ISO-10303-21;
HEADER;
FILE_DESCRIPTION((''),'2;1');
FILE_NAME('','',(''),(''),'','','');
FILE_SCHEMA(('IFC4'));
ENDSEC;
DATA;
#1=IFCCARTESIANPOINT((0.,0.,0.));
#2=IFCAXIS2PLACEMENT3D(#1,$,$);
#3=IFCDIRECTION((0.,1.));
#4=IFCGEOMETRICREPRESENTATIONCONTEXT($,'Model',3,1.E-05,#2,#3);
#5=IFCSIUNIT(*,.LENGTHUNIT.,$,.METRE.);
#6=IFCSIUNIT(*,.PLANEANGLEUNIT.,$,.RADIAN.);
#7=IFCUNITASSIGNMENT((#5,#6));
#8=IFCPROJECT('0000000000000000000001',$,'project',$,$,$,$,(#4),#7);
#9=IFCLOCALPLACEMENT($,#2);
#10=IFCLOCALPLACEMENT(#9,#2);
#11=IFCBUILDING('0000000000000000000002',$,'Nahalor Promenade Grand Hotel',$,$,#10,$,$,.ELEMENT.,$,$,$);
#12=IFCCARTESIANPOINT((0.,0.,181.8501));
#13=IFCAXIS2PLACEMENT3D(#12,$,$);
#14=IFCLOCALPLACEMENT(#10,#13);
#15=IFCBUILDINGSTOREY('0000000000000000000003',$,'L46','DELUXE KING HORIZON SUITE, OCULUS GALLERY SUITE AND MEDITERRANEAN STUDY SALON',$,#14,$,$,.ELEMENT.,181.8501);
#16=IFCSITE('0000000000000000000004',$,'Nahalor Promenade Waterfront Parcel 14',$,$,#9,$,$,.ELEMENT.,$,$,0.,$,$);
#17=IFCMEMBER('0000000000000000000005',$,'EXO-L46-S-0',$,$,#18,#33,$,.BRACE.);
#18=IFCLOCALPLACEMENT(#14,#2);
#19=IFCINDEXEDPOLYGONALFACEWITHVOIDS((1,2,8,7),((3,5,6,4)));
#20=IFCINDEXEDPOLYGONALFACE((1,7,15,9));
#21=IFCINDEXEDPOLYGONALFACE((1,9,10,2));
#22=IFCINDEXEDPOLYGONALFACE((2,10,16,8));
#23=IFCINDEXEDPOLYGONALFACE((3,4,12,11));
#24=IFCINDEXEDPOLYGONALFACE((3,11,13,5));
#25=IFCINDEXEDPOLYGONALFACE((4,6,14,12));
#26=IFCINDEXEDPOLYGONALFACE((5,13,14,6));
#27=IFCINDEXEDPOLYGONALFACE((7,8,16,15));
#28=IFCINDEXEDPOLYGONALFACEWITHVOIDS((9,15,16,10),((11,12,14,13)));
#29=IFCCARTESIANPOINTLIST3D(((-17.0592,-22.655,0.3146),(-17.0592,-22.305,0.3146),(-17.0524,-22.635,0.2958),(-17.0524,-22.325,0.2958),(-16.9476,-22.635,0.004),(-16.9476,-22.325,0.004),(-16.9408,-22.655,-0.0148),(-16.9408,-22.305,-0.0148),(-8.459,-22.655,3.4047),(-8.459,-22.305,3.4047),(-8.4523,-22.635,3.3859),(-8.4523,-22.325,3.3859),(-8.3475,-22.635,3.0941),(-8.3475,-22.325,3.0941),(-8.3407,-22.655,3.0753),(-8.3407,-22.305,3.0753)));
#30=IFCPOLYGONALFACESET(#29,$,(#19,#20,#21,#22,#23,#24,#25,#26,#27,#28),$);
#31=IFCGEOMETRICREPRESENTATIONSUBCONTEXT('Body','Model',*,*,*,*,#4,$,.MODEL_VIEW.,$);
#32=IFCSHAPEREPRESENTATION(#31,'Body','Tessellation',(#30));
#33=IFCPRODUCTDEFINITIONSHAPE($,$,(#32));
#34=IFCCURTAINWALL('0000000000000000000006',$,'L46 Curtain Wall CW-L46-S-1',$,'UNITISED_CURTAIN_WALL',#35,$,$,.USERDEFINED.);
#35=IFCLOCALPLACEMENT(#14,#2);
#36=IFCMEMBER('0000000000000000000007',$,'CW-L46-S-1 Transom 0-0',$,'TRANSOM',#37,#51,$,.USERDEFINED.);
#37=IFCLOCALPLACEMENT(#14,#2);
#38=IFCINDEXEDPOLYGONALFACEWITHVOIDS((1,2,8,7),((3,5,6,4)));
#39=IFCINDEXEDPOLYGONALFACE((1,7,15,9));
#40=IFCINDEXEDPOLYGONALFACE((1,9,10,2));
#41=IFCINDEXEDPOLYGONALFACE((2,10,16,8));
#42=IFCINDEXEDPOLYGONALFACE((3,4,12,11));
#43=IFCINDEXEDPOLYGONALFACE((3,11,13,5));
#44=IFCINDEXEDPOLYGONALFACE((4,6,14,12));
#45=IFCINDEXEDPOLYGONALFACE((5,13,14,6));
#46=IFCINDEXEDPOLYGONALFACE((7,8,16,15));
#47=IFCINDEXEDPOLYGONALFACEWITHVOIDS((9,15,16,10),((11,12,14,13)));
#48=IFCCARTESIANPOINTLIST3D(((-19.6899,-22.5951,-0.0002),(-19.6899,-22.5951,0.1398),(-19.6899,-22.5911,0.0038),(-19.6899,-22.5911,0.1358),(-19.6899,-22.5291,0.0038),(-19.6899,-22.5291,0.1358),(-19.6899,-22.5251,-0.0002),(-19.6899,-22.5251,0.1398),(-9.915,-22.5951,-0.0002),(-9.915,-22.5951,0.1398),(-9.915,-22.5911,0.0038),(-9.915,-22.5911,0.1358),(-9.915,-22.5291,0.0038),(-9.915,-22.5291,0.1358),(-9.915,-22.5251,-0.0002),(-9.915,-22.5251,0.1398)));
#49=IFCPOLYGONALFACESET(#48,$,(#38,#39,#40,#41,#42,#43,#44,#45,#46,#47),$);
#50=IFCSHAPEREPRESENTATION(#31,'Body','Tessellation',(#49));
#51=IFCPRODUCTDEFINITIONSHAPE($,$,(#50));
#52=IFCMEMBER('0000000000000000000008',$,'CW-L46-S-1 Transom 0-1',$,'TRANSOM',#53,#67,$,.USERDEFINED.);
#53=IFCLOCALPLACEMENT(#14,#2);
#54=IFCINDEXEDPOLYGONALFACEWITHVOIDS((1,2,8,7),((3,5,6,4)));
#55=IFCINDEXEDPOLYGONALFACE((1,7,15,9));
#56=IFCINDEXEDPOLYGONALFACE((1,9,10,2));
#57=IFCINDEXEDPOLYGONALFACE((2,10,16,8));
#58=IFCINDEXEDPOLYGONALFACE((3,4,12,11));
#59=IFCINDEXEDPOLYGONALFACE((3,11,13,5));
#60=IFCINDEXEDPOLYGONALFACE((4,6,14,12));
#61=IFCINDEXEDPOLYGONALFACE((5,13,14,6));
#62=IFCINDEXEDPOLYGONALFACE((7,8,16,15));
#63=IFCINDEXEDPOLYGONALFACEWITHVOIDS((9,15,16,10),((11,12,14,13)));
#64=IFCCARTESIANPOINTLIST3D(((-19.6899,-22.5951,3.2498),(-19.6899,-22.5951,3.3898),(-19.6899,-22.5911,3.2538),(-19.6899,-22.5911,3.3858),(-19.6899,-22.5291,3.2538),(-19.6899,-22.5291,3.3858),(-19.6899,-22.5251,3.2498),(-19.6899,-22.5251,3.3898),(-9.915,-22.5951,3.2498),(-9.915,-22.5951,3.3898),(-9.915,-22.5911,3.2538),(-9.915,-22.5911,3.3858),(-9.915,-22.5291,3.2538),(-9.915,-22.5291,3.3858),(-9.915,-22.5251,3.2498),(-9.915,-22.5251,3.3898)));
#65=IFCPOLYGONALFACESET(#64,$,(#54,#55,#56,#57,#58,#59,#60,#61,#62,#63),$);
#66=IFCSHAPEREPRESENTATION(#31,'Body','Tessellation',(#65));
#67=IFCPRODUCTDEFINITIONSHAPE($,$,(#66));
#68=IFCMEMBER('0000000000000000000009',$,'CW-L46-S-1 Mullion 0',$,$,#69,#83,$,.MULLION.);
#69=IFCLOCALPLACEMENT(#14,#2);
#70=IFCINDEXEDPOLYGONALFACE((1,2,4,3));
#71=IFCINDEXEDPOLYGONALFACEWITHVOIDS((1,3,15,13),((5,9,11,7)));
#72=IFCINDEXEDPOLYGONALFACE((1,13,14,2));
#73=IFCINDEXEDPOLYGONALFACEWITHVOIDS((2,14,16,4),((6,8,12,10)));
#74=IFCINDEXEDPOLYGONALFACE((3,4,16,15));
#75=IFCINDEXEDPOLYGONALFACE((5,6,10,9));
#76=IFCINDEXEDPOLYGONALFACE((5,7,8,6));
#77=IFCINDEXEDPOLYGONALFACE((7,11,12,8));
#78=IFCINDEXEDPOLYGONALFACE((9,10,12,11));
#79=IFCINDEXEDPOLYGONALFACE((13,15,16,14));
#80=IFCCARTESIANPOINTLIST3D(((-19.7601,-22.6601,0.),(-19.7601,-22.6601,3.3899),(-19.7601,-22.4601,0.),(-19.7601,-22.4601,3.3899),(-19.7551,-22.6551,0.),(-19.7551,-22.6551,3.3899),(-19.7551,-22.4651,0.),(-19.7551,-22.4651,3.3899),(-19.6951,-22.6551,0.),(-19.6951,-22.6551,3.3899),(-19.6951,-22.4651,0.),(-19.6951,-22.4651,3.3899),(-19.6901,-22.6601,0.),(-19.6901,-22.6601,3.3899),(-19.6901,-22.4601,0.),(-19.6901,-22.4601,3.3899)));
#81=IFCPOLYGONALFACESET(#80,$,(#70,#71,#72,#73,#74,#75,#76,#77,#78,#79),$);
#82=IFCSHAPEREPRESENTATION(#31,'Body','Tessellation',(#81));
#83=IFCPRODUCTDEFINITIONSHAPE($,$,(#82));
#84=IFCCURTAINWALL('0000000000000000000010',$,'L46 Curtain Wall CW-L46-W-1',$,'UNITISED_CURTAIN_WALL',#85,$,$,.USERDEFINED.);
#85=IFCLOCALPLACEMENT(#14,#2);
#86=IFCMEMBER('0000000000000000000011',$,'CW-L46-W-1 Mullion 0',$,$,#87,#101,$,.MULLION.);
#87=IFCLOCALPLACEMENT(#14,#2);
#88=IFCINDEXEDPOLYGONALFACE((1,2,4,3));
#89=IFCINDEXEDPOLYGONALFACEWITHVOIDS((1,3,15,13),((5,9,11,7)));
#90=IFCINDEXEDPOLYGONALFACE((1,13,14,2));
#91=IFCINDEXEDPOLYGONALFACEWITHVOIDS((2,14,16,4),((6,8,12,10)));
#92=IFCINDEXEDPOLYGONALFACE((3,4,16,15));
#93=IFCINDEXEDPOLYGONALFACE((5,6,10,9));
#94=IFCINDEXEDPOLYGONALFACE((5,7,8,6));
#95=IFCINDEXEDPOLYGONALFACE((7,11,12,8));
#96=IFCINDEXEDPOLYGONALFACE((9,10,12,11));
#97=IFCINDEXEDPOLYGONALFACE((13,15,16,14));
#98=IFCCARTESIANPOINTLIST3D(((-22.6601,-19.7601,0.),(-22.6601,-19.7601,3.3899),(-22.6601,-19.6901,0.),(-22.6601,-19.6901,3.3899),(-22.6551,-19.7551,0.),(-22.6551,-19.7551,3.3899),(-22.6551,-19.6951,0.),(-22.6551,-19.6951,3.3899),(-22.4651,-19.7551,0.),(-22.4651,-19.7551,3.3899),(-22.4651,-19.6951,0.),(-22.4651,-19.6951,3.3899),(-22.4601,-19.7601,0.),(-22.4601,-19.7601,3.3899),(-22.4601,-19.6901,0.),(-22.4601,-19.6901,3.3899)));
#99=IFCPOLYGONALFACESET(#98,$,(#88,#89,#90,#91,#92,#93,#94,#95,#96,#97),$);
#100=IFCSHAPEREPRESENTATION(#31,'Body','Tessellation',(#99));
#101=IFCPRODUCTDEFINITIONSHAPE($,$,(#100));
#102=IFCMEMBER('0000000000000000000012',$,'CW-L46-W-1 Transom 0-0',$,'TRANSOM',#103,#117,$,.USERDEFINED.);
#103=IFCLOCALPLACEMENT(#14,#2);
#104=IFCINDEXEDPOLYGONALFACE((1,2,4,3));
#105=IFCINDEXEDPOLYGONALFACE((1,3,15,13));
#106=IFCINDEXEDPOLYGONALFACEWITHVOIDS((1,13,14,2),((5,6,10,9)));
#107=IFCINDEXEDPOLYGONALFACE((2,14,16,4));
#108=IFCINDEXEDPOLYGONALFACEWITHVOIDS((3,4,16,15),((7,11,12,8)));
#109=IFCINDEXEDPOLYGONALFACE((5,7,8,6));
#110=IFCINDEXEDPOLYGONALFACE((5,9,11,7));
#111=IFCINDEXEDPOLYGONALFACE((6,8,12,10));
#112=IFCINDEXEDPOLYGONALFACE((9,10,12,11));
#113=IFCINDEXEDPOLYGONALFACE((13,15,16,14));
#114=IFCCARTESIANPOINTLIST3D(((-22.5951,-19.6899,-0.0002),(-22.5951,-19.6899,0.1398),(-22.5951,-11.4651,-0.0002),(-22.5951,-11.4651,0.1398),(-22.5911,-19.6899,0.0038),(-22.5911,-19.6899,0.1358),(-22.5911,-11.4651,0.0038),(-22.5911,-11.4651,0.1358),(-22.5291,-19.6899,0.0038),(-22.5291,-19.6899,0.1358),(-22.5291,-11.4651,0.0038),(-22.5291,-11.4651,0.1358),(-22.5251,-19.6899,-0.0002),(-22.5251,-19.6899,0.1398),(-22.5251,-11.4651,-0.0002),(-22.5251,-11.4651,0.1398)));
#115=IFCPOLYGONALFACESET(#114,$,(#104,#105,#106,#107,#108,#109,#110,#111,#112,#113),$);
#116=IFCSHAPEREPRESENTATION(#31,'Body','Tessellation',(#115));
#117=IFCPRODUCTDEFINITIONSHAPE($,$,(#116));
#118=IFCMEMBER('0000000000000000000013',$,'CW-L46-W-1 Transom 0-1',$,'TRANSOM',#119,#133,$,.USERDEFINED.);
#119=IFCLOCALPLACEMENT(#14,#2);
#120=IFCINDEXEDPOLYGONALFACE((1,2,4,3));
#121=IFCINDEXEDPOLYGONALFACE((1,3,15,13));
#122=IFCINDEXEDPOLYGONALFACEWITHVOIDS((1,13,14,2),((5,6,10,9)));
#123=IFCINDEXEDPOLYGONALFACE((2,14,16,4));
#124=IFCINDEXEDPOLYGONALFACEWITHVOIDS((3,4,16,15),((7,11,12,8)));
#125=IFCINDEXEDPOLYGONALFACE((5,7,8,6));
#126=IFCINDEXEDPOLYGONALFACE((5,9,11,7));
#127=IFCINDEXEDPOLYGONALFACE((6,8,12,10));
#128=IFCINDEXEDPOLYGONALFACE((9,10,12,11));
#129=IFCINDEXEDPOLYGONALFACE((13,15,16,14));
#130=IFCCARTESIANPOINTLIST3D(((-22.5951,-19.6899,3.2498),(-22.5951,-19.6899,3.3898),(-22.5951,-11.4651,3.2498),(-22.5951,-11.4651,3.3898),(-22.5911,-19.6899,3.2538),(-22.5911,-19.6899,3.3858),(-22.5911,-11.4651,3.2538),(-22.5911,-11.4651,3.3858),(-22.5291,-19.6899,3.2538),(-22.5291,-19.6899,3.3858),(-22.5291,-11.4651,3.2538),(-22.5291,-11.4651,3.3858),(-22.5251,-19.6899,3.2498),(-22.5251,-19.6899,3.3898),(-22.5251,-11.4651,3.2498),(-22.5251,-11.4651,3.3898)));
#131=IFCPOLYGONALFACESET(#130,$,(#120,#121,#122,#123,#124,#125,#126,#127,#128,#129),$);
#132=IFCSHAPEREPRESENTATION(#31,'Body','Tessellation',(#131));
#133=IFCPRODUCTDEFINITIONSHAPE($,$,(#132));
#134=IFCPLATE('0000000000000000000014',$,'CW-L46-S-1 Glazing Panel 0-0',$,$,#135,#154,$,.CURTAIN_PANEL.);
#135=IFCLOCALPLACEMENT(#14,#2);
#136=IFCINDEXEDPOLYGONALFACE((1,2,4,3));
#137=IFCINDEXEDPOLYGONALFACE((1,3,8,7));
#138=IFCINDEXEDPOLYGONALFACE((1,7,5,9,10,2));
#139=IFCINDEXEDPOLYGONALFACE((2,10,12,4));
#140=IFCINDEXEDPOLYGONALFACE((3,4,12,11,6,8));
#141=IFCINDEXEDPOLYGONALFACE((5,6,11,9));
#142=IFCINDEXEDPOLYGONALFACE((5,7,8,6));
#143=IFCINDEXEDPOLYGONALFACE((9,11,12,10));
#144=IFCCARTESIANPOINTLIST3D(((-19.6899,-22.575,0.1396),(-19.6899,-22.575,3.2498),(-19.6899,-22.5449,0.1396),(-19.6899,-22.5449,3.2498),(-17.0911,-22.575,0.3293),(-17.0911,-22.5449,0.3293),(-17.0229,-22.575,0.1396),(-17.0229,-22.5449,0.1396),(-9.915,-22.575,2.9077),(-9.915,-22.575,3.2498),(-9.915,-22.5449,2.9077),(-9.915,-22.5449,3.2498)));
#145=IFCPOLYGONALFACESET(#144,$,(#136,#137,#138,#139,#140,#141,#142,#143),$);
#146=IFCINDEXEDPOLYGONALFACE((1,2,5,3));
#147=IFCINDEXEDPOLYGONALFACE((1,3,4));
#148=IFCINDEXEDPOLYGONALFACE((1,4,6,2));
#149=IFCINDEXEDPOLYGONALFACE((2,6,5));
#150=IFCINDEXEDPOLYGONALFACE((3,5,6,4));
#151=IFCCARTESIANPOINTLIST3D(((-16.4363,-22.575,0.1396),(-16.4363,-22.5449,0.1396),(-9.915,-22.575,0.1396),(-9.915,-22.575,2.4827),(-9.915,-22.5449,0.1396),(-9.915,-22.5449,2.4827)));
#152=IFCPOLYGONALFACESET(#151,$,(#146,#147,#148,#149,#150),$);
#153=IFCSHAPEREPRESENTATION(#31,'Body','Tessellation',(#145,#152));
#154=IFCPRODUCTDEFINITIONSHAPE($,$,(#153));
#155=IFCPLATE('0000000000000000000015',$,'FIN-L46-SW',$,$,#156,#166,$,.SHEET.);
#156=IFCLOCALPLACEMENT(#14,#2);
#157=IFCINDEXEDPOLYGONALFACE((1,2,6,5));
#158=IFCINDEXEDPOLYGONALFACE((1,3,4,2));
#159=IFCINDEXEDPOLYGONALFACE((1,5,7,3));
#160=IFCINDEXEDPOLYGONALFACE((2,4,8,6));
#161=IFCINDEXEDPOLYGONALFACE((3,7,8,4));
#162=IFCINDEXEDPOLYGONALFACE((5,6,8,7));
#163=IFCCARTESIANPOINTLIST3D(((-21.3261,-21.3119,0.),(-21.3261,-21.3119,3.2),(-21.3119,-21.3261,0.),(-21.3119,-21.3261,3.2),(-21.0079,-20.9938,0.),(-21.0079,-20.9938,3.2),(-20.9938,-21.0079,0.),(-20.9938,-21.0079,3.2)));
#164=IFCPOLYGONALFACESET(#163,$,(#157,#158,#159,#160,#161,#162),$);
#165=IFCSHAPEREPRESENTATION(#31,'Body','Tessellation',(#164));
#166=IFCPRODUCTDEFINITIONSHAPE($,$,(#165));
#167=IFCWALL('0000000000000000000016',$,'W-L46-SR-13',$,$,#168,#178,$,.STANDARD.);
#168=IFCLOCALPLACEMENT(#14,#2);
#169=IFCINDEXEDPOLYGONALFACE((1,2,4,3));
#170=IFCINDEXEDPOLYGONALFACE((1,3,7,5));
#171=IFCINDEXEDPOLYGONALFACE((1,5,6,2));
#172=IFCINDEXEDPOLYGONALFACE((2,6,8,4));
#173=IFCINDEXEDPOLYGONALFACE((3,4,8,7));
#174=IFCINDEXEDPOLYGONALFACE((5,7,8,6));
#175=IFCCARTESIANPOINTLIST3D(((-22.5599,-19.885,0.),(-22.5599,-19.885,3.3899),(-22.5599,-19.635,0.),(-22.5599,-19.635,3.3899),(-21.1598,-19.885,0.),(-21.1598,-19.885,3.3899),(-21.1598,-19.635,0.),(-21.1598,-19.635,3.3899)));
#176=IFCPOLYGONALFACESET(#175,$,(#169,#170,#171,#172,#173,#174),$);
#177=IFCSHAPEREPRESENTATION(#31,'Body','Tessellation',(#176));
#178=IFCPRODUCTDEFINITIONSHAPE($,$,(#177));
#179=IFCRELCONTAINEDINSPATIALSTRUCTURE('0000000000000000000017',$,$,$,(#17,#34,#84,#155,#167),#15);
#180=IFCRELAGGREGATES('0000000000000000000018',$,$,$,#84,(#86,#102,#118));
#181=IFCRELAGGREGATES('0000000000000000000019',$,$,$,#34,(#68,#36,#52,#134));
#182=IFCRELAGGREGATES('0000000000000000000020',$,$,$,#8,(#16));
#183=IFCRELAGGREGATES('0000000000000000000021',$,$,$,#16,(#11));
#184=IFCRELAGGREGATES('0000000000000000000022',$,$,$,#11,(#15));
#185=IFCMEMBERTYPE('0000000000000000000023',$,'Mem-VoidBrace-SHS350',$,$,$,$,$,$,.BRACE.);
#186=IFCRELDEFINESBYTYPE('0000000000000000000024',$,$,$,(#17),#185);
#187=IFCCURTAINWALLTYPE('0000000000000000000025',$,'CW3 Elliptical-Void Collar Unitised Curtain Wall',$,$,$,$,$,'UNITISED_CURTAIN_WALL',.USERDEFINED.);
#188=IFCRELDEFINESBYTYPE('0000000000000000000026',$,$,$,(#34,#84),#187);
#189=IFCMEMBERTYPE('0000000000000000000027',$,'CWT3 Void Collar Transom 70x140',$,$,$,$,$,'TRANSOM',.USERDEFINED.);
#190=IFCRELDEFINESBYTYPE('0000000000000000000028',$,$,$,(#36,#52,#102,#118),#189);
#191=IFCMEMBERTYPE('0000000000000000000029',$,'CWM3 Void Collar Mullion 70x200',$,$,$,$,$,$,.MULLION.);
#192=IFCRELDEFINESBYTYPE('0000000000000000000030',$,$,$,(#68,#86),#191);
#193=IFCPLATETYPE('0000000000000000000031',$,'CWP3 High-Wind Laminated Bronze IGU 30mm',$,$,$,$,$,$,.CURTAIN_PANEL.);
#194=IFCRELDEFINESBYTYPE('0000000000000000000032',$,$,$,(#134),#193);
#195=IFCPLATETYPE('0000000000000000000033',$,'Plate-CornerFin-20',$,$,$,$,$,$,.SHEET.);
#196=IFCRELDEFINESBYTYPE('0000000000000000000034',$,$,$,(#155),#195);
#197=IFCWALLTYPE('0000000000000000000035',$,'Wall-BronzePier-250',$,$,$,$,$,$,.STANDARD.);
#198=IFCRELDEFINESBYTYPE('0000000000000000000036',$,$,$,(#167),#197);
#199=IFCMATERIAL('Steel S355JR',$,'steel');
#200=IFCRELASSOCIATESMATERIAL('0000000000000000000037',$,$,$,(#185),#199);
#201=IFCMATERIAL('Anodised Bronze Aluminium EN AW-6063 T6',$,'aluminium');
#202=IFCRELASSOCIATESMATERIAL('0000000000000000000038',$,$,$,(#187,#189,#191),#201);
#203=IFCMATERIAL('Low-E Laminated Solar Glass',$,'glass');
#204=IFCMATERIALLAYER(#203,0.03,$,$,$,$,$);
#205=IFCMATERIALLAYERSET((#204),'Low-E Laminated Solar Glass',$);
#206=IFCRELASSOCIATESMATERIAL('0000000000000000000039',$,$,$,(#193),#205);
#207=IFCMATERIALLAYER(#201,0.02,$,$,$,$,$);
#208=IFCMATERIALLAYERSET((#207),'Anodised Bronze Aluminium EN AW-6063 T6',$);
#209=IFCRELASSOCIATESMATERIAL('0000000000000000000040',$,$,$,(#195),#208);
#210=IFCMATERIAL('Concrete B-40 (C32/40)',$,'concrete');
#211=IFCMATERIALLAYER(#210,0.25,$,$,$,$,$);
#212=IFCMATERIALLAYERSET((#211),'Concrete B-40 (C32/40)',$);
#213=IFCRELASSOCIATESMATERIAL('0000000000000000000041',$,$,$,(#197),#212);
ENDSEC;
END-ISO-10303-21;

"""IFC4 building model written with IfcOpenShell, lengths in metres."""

from ifc_helpers import new_model, si_unit, direction, frame, frame_2d, origin, origin_2d, place, context, subcontext, project, spatial, polyline, rectangle, hollow_rectangle, outline, extrude, source, transform, mapped, material, layer, layer_set, material_profile, profile_set, type_object, element, aggregate, save


model = new_model("IFC4")

# Units and contexts
model_context = context("Model", 3, precision=1e-05, world=origin(), true_north=direction((0.0, 1.0)))
body_context = subcontext(model_context, "Body", "Model", "MODEL_VIEW")
ifc_project = project(units=[si_unit("LENGTHUNIT", "METRE"), si_unit("PLANEANGLEUNIT", "RADIAN")], contexts=[model_context])

# Site, building, storey
site_placement = place(None, origin())
site = spatial("IfcSite", under=ifc_project, at=site_placement, Name="Nahalor Promenade Waterfront Parcel 14", CompositionType="ELEMENT", RefElevation=0.0)
building_placement = place(site_placement, origin())
building = spatial("IfcBuilding", under=site, at=building_placement, Name="Nahalor Promenade Grand Hotel", CompositionType="ELEMENT")
storey_placement = place(building_placement, frame((0.0, 0.0, 181.8501)))
storey = spatial("IfcBuildingStorey", under=building, at=storey_placement, Name="L46", Description="DELUXE KING HORIZON SUITE, OCULUS GALLERY SUITE AND MEDITERRANEAN STUDY SALON", CompositionType="ELEMENT", Elevation=181.8501)

# Shared definitions
ifc_material_1 = material(Name="Steel S355JR", Category="steel")

# Member
ifc_material_profile_1 = material_profile(ifc_material_1, hollow_rectangle(XDim=0.35, YDim=0.35, WallThickness=0.02, at=origin_2d()), Name="SHS 350x350x20")
ifc_profile_set_1 = profile_set([ifc_material_profile_1], Name="Steel S355JR")
member_type_1 = type_object("IfcMemberType", Name="Mem-VoidBrace-SHS350", PredefinedType="BRACE", material=ifc_profile_set_1)
shared_shape_1 = source(origin(), body_context, "Body", "SweptSolid", [
    extrude(hollow_rectangle(XDim=0.35, YDim=0.35, WallThickness=0.02, at=origin_2d()), origin(), (0.0, 0.0, 1.0), 9.1384),
])
member_1_placement = place(storey_placement, frame((-17.0, -22.48, 0.1499), z_axis=(0.941095, 0.0, 0.338143), x_axis=(0.0, 1.0, 0.0)))
element("IfcMember", 1, at=member_1_placement, inside=storey, type_object=member_type_1, Name="EXO-L46-S-0", PredefinedType="BRACE", context=body_context, shape_type="MappedRepresentation", body=[
    mapped(shared_shape_1, transform((0.0, 0.0, 0.0), scale=1.0)),
])

# Curtain walls, members
ifc_material_2 = material(Name="Anodised Bronze Aluminium EN AW-6063 T6", Category="aluminium")
curtain_wall_type = type_object("IfcCurtainWallType", Name="CW3 Elliptical-Void Collar Unitised Curtain Wall", ElementType="UNITISED_CURTAIN_WALL", PredefinedType="USERDEFINED", material=ifc_material_2)
curtain_wall_1_placement = place(storey_placement, origin())
curtain_wall_1 = element("IfcCurtainWall", 2, at=curtain_wall_1_placement, inside=storey, type_object=curtain_wall_type, Name="L46 Curtain Wall CW-L46-S-1", ObjectType="UNITISED_CURTAIN_WALL", PredefinedType="USERDEFINED")
ifc_material_profile_2 = material_profile(ifc_material_2, hollow_rectangle(XDim=0.07, YDim=0.14, WallThickness=0.004, at=origin_2d()), Name="CWT 70x140x4")
ifc_profile_set_2 = profile_set([ifc_material_profile_2], Name="Anodised Bronze Aluminium EN AW-6063 T6")
member_type_2 = type_object("IfcMemberType", Name="CWT3 Void Collar Transom 70x140", ElementType="TRANSOM", PredefinedType="USERDEFINED", material=ifc_profile_set_2)
shared_shape_2 = source(origin(), body_context, "Body", "SweptSolid", [
    extrude(hollow_rectangle(XDim=0.07, YDim=0.14, WallThickness=0.004, at=origin_2d()), origin(), (0.0, 0.0, 1.0), 9.7749),
])
member_2_placement = place(storey_placement, frame((-19.6899, -22.5601, 0.0698), z_axis=(1.0, 0.0, 0.0), x_axis=(0.0, 1.0, 0.0)))
member_2 = element("IfcMember", 3, at=member_2_placement, type_object=member_type_2, Name="CW-L46-S-1 Transom 0-0", ObjectType="TRANSOM", PredefinedType="USERDEFINED", context=body_context, shape_type="MappedRepresentation", body=[
    mapped(shared_shape_2, transform((0.0, 0.0, 0.0), scale=1.0)),
])
member_3_placement = place(storey_placement, frame((-19.6899, -22.5601, 3.3198), z_axis=(1.0, 0.0, 0.0), x_axis=(0.0, 1.0, 0.0)))
member_3 = element("IfcMember", 4, at=member_3_placement, type_object=member_type_2, Name="CW-L46-S-1 Transom 0-1", ObjectType="TRANSOM", PredefinedType="USERDEFINED", context=body_context, shape_type="MappedRepresentation", body=[
    mapped(shared_shape_2, transform((0.0, 0.0, 0.0), scale=1.0)),
])
ifc_material_profile_3 = material_profile(ifc_material_2, hollow_rectangle(XDim=0.07, YDim=0.2, WallThickness=0.005, at=origin_2d()), Name="CWM 70x200x5")
ifc_profile_set_3 = profile_set([ifc_material_profile_3], Name="Anodised Bronze Aluminium EN AW-6063 T6")
member_type_3 = type_object("IfcMemberType", Name="CWM3 Void Collar Mullion 70x200", PredefinedType="MULLION", material=ifc_profile_set_3)
shared_shape_3 = source(origin(), body_context, "Body", "SweptSolid", [
    extrude(hollow_rectangle(XDim=0.07, YDim=0.2, WallThickness=0.005, at=origin_2d()), origin(), (0.0, 0.0, 1.0), 3.3899),
])
member_4_placement = place(storey_placement, frame((-19.7251, -22.5601, 0.0), z_axis=(0.0, 0.0, 1.0), x_axis=(1.0, 0.0, 0.0)))
member_4 = element("IfcMember", 5, at=member_4_placement, type_object=member_type_3, Name="CW-L46-S-1 Mullion 0", PredefinedType="MULLION", context=body_context, shape_type="MappedRepresentation", body=[
    mapped(shared_shape_3, transform((0.0, 0.0, 0.0), scale=1.0)),
])
curtain_wall_2_placement = place(storey_placement, origin())
curtain_wall_2 = element("IfcCurtainWall", 6, at=curtain_wall_2_placement, inside=storey, type_object=curtain_wall_type, Name="L46 Curtain Wall CW-L46-W-1", ObjectType="UNITISED_CURTAIN_WALL", PredefinedType="USERDEFINED")
member_5_placement = place(storey_placement, frame((-22.5601, -19.7251, 0.0), z_axis=(0.0, 0.0, 1.0), x_axis=(0.0, 1.0, 0.0)))
member_5 = element("IfcMember", 7, at=member_5_placement, type_object=member_type_3, Name="CW-L46-W-1 Mullion 0", PredefinedType="MULLION", context=body_context, shape_type="MappedRepresentation", body=[
    mapped(shared_shape_3, transform((0.0, 0.0, 0.0), scale=1.0)),
])
shared_shape_4 = source(origin(), body_context, "Body", "SweptSolid", [
    extrude(hollow_rectangle(XDim=0.07, YDim=0.14, WallThickness=0.004, at=origin_2d()), origin(), (0.0, 0.0, 1.0), 8.2249),
])
member_6_placement = place(storey_placement, frame((-22.5601, -19.6899, 0.0698), z_axis=(0.0, 1.0, 0.0), x_axis=(-1.0, 0.0, 0.0)))
member_6 = element("IfcMember", 8, at=member_6_placement, type_object=member_type_2, Name="CW-L46-W-1 Transom 0-0", ObjectType="TRANSOM", PredefinedType="USERDEFINED", context=body_context, shape_type="MappedRepresentation", body=[
    mapped(shared_shape_4, transform((0.0, 0.0, 0.0), scale=1.0)),
])
member_7_placement = place(storey_placement, frame((-22.5601, -19.6899, 3.3198), z_axis=(0.0, 1.0, 0.0), x_axis=(-1.0, 0.0, 0.0)))
member_7 = element("IfcMember", 9, at=member_7_placement, type_object=member_type_2, Name="CW-L46-W-1 Transom 0-1", ObjectType="TRANSOM", PredefinedType="USERDEFINED", context=body_context, shape_type="MappedRepresentation", body=[
    mapped(shared_shape_4, transform((0.0, 0.0, 0.0), scale=1.0)),
])
aggregate(curtain_wall_2, [member_5, member_6, member_7])

# Plates
ifc_material_3 = material(Name="Low-E Laminated Solar Glass", Category="glass")
ifc_layer_1 = layer(ifc_material_3, 0.03)
ifc_layer_set_1 = layer_set([ifc_layer_1], Name="Low-E Laminated Solar Glass")
plate_type_1 = type_object("IfcPlateType", Name="CWP3 High-Wind Laminated Bronze IGU 30mm", PredefinedType="CURTAIN_PANEL", material=ifc_layer_set_1)
plate_1_placement = place(storey_placement, frame((-14.8025, -22.5601, 0.1396), z_axis=(0.0, 0.0, 1.0), x_axis=(1.0, 0.0, 0.0)))
plate_1 = element("IfcPlate", 10, at=plate_1_placement, type_object=plate_type_1, Name="CW-L46-S-1 Glazing Panel 0-0", PredefinedType="CURTAIN_PANEL", context=body_context, shape_type="SweptSolid", body=[
    extrude(outline(polyline([(-4.8875, 3.1101), (-4.8875, 0.0), (-2.2205, 0.0), (-2.2886, 0.1897), (4.8875, 2.7681), (4.8875, 3.1101), (-4.8875, 3.1101)])), frame((0.0, 0.0151, 0.0), z_axis=(0.0, -1.0, 0.0), x_axis=(1.0, 0.0, 0.0)), (0.0, 0.0, 1.0), 0.03),
    extrude(outline(polyline([(-1.6338, 0.0), (4.8875, 0.0), (4.8875, 2.343), (-1.6338, 0.0)])), frame((0.0, 0.0151, 0.0), z_axis=(0.0, -1.0, 0.0), x_axis=(1.0, 0.0, 0.0)), (0.0, 0.0, 1.0), 0.03),
])
aggregate(curtain_wall_1, [member_4, member_2, member_3, plate_1])
ifc_layer_2 = layer(ifc_material_2, 0.02)
ifc_layer_set_2 = layer_set([ifc_layer_2], Name="Anodised Bronze Aluminium EN AW-6063 T6")
plate_type_2 = type_object("IfcPlateType", Name="Plate-CornerFin-20", PredefinedType="SHEET", material=ifc_layer_set_2)
shared_shape_5 = source(origin(), body_context, "Body", "SweptSolid", [
    extrude(rectangle(XDim=0.45, YDim=0.02, at=origin_2d()), origin(), (0.0, 0.0, 1.0), 3.2),
])
plate_2_placement = place(storey_placement, frame((-21.1599, -21.1599, 0.0), z_axis=(0.0, 0.0, 1.0), x_axis=(0.707107, 0.707107, 0.0)))
element("IfcPlate", 11, at=plate_2_placement, inside=storey, type_object=plate_type_2, Name="FIN-L46-SW", PredefinedType="SHEET", context=body_context, shape_type="MappedRepresentation", body=[
    mapped(shared_shape_5, transform((0.0, 0.0, 0.0), scale=1.0)),
])

# Wall
ifc_material_4 = material(Name="Concrete B-40 (C32/40)", Category="concrete")
ifc_layer_3 = layer(ifc_material_4, 0.25)
ifc_layer_set_3 = layer_set([ifc_layer_3], Name="Concrete B-40 (C32/40)")
wall_type_1 = type_object("IfcWallType", Name="Wall-BronzePier-250", PredefinedType="STANDARD", material=ifc_layer_set_3)
shared_shape_6 = source(origin(), body_context, "Body", "SweptSolid", [
    extrude(rectangle(XDim=1.4001, YDim=0.25, at=frame_2d((0.7002, 0.0))), origin(), (0.0, 0.0, 1.0), 3.3899),
])
for number, where, z_axis, x_axis, name in (
    (12, (-22.5601, -19.76, 0.0), (0.0, 0.0, 1.0), (1.0, 0.0, 0.0), "W-L46-SR-13"),
):
    element("IfcWall", number, at=place(storey_placement, frame(where, z_axis=z_axis, x_axis=x_axis)), inside=storey, type_object=wall_type_1, Name=name, PredefinedType="STANDARD", context=body_context, shape_type="MappedRepresentation", body=[
        mapped(shared_shape_6, transform((0.0, 0.0, 0.0), scale=1.0)),
    ])

save(model, "model.ifc")
